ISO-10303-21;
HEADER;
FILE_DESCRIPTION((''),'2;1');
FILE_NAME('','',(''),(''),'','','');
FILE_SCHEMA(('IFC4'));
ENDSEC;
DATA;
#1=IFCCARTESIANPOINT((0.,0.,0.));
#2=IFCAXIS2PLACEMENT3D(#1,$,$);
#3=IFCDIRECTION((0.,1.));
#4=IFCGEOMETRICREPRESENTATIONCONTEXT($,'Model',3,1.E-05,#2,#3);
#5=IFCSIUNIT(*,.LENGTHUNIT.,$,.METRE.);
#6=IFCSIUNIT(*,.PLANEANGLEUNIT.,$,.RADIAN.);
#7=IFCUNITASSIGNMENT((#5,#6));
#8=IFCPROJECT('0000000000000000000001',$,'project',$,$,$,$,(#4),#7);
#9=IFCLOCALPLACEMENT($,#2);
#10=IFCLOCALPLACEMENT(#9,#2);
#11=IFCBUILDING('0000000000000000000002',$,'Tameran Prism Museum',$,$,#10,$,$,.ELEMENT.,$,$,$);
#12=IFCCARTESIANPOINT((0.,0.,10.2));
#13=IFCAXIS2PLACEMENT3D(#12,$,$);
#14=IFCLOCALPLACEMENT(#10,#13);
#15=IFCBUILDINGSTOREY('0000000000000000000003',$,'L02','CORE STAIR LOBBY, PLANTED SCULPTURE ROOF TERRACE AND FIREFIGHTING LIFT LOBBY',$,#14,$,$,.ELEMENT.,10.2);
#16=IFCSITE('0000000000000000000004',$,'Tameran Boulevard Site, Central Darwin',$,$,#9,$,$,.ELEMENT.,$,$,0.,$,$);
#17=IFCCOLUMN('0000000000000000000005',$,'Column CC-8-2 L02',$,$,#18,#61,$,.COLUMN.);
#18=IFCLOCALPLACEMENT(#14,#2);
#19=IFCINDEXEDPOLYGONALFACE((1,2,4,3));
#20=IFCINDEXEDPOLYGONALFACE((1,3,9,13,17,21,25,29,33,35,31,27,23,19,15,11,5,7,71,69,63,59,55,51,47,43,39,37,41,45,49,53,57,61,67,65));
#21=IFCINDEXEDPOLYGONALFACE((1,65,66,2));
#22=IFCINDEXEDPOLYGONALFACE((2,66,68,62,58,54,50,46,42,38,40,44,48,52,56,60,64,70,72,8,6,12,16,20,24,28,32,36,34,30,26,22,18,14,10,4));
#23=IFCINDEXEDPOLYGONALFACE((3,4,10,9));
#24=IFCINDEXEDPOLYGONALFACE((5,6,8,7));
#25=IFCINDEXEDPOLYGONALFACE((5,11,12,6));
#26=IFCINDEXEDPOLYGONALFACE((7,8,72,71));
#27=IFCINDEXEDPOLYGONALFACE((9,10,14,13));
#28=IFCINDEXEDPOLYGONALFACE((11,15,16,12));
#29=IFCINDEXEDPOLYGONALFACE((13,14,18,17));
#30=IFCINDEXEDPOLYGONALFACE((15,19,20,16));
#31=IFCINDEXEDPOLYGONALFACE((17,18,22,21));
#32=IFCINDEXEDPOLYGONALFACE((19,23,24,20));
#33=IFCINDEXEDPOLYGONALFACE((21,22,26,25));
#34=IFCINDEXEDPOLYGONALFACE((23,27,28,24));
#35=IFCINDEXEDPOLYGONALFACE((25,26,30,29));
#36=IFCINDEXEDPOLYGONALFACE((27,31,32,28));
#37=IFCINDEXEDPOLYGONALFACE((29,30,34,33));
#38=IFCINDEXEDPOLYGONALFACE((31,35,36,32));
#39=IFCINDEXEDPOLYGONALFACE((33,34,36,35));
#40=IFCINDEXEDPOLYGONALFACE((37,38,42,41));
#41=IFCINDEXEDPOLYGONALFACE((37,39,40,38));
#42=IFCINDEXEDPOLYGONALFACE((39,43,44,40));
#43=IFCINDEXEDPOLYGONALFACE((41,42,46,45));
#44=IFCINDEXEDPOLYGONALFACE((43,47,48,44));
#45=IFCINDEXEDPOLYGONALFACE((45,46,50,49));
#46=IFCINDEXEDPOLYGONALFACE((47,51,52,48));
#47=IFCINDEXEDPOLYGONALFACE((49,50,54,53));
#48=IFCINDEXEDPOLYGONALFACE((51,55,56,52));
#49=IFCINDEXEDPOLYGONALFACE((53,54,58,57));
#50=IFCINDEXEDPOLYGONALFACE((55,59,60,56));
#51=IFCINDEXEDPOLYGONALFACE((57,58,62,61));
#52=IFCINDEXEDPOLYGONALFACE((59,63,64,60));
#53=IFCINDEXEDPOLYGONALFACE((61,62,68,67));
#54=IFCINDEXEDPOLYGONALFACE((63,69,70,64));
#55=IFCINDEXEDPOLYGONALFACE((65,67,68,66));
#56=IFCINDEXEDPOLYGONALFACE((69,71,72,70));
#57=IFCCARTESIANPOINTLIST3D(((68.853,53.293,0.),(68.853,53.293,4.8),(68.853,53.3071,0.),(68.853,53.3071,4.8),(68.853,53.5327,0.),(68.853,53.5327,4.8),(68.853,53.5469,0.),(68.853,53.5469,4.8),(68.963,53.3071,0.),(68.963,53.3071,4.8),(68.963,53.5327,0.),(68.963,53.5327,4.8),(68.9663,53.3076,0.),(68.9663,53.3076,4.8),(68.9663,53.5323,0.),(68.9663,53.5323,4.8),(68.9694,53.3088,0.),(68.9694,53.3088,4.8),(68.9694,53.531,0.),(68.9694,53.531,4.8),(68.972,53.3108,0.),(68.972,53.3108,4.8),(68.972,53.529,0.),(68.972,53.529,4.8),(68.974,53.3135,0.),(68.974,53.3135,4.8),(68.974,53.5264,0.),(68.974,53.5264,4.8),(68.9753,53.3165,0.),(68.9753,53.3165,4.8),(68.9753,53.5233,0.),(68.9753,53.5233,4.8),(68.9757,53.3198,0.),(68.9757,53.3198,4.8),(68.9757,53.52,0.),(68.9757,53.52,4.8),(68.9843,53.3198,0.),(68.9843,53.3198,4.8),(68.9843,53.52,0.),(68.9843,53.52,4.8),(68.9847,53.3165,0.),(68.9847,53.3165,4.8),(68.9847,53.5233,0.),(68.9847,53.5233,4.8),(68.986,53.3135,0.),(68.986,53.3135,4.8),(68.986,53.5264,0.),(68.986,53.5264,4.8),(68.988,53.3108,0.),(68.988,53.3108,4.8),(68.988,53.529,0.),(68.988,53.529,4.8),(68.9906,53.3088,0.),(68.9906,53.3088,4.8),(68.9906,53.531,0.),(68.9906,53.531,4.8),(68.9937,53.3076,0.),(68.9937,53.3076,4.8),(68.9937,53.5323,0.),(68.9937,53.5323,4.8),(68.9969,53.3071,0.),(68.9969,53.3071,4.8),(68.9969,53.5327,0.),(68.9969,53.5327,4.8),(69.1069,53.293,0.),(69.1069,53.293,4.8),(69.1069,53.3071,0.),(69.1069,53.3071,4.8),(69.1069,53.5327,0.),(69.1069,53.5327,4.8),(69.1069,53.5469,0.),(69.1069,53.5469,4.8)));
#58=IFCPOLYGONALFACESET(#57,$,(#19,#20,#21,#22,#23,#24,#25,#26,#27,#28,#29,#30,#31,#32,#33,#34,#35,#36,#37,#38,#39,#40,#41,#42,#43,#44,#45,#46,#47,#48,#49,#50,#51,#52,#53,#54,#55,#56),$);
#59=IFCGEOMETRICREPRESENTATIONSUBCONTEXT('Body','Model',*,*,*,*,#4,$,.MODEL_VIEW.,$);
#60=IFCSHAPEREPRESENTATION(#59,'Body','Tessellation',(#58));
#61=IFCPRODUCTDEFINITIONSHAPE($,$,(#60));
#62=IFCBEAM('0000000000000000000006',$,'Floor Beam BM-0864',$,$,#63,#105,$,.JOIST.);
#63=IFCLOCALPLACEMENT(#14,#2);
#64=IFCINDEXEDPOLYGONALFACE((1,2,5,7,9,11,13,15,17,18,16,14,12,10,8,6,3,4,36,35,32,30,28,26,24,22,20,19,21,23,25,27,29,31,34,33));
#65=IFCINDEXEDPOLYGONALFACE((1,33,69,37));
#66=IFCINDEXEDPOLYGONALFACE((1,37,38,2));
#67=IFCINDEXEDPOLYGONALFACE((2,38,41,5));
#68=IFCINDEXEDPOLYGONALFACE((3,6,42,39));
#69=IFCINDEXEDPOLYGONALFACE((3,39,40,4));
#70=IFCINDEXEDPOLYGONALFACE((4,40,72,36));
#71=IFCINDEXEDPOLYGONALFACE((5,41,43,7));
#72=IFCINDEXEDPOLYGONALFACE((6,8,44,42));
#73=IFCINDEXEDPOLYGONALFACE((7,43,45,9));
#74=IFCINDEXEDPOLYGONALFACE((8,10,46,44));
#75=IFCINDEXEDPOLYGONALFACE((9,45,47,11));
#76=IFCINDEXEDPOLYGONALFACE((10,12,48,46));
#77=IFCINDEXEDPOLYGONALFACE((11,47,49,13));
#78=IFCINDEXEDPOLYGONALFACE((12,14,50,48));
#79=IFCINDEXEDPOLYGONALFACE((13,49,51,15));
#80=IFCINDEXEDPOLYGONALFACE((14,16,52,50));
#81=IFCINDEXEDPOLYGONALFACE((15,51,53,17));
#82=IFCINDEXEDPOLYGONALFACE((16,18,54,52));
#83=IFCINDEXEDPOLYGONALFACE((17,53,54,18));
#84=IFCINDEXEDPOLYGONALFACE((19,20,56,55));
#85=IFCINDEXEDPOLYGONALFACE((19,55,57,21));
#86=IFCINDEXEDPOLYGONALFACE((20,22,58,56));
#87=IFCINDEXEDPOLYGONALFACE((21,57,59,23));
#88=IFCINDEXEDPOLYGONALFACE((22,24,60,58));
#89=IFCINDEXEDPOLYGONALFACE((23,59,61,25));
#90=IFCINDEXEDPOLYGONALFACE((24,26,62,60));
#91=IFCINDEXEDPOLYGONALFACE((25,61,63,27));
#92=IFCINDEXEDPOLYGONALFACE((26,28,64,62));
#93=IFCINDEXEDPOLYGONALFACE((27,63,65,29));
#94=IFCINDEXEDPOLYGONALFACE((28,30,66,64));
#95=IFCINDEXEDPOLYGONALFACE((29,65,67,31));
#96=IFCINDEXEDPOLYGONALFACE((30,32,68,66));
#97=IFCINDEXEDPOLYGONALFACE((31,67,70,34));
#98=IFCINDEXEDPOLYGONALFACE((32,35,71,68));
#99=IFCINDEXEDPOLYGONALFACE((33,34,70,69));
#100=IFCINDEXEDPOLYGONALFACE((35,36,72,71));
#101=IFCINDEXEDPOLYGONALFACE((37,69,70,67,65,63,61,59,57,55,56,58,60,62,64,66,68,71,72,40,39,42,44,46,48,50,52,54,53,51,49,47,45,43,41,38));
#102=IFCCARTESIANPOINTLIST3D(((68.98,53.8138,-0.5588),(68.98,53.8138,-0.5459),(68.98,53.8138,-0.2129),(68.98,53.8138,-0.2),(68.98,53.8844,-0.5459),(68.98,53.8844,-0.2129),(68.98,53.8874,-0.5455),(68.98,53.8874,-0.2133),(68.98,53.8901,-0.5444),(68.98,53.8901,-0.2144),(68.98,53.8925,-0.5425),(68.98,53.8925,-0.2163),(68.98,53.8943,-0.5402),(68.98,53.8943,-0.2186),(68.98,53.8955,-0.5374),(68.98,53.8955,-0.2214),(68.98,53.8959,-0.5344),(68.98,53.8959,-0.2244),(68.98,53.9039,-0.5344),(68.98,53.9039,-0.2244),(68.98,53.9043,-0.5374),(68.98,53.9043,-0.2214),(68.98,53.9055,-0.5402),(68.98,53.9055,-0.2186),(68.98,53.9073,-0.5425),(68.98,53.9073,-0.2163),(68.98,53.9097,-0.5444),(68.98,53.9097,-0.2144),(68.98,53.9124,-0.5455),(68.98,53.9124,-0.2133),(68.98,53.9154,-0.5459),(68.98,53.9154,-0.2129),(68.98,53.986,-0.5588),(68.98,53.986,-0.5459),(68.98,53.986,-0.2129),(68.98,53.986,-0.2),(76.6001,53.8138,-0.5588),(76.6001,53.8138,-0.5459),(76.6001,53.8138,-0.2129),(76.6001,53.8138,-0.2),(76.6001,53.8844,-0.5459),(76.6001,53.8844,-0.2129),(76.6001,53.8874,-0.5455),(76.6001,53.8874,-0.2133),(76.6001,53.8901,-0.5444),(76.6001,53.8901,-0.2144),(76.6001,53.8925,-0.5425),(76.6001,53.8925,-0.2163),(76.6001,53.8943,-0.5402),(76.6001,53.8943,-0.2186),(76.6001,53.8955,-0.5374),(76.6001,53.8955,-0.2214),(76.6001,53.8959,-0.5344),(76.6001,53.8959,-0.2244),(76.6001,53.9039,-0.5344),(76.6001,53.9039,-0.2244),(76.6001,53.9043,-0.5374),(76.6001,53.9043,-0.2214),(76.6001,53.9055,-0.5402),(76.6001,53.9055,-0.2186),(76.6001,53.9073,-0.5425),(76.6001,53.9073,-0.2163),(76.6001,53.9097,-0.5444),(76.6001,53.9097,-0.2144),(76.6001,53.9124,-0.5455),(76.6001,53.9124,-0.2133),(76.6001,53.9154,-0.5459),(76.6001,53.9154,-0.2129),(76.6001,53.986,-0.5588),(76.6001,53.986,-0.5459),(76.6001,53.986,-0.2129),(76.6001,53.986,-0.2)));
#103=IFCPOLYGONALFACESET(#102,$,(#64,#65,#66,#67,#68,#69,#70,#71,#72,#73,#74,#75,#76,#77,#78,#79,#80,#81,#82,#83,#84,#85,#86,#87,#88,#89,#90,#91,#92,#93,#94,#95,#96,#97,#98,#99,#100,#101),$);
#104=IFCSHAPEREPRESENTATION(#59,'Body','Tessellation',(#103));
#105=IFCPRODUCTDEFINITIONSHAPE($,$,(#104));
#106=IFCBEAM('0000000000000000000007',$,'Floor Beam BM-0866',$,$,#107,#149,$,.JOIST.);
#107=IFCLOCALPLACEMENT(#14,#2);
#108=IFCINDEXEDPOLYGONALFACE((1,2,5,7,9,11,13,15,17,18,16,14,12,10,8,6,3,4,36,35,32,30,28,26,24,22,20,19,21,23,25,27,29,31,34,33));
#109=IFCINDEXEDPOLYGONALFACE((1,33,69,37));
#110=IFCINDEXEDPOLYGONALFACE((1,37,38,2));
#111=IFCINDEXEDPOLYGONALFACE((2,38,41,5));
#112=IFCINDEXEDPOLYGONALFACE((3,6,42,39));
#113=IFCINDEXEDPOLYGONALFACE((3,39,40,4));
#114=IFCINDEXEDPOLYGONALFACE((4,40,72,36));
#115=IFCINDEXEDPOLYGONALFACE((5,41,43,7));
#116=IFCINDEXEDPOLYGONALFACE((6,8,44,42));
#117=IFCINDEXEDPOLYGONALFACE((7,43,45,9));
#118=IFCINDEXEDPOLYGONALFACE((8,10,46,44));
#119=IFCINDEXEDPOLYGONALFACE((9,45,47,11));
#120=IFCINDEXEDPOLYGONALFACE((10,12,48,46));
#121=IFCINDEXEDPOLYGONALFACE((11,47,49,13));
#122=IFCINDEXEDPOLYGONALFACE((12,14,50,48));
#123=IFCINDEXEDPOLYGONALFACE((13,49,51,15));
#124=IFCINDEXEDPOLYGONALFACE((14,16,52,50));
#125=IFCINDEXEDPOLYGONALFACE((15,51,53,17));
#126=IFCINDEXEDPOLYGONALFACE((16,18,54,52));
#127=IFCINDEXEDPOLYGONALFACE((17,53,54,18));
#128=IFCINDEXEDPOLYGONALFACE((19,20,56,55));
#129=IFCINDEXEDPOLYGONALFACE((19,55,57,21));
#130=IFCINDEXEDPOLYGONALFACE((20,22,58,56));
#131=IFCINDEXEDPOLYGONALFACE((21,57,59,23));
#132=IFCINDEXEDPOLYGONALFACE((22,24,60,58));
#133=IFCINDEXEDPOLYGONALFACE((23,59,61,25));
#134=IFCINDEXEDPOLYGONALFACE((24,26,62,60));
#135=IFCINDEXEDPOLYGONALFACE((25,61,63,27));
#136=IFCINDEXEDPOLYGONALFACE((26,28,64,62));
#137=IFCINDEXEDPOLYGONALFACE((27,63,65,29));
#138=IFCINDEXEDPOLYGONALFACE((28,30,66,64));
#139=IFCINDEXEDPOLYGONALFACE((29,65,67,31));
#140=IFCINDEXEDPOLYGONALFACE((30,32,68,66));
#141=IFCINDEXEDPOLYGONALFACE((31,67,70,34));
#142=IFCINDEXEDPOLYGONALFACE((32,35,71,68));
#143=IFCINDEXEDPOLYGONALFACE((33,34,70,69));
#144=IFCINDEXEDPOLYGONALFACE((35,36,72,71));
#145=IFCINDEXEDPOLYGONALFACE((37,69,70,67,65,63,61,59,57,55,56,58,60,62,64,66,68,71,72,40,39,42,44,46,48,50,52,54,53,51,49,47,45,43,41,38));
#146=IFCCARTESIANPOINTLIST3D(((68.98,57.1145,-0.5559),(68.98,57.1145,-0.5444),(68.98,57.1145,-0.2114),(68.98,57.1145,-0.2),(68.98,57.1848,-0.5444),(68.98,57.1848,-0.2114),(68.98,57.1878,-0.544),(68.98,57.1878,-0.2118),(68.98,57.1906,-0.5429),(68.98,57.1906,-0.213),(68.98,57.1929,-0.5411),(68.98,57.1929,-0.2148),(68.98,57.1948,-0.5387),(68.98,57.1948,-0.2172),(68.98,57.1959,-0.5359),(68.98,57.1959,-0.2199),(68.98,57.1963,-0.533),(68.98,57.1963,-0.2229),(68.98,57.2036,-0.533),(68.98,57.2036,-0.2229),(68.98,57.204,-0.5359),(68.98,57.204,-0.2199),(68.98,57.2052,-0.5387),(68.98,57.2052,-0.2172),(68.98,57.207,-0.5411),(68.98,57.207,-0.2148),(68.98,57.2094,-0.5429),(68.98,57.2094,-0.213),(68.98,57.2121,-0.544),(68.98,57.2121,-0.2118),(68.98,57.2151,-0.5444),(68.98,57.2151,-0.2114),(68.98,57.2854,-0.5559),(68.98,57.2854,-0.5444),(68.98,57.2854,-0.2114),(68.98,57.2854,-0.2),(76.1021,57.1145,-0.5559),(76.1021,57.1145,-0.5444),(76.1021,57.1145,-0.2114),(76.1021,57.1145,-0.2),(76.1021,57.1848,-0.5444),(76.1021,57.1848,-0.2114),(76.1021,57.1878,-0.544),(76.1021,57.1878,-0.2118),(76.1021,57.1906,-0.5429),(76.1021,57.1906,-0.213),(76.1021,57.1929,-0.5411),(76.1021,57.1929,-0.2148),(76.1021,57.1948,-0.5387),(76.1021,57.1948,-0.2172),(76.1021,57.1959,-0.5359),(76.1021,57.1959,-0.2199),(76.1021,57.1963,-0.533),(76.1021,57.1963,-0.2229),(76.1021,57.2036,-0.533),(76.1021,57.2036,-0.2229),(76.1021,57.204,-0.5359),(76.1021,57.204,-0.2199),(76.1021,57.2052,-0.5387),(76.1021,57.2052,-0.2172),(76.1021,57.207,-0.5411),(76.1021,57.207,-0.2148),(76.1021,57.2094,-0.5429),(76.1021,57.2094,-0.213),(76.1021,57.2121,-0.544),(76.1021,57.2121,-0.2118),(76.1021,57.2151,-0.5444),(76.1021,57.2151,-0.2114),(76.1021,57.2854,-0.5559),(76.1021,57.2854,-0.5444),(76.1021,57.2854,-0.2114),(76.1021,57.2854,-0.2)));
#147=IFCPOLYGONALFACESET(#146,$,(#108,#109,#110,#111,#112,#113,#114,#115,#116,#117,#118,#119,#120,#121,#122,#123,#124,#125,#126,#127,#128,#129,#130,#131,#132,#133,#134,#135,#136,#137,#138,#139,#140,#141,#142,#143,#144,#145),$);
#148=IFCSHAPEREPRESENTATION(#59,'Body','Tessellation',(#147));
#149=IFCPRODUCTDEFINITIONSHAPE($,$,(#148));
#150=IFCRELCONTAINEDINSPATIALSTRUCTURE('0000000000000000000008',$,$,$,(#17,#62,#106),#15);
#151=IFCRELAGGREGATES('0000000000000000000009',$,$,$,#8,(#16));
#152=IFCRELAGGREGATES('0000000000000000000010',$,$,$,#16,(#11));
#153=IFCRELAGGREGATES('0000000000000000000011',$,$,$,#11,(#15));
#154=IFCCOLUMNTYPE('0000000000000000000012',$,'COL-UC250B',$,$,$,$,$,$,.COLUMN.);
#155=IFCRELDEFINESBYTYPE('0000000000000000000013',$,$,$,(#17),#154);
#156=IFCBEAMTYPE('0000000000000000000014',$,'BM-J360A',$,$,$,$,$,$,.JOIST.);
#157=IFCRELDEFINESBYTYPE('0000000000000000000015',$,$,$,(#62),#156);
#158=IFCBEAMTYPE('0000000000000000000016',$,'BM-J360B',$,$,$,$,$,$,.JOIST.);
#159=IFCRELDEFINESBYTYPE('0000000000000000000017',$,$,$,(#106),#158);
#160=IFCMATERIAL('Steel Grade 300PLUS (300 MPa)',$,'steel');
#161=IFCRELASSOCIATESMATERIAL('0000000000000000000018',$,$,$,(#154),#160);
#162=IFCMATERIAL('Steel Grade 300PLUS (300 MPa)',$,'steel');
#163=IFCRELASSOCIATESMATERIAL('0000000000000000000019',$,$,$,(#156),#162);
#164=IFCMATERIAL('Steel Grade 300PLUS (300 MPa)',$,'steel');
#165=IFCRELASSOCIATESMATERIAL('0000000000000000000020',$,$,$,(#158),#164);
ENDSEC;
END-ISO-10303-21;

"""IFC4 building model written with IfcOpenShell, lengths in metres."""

from ifc_helpers import new_model, si_unit, direction, frame, origin, origin_2d, place, context, subcontext, project, spatial, i_section, extrude, material, material_profile, profile_set, type_object, element, save


model = new_model("IFC4")

# Units and contexts
model_context = context("Model", 3, precision=1e-05, world=origin(), true_north=direction((0.0, 1.0)))
body_context = subcontext(model_context, "Body", "Model", "MODEL_VIEW")
ifc_project = project(units=[si_unit("LENGTHUNIT", "METRE"), si_unit("PLANEANGLEUNIT", "RADIAN")], contexts=[model_context])

# Site, building, storey
site_placement = place(None, origin())
site = spatial("IfcSite", under=ifc_project, at=site_placement, Name="Tameran Boulevard Site, Central Darwin", CompositionType="ELEMENT", RefElevation=0.0)
building_placement = place(site_placement, origin())
building = spatial("IfcBuilding", under=site, at=building_placement, Name="Tameran Prism Museum", CompositionType="ELEMENT")
storey_placement = place(building_placement, frame((0.0, 0.0, 10.2)))
storey = spatial("IfcBuildingStorey", under=building, at=storey_placement, Name="L02", Description="CORE STAIR LOBBY, PLANTED SCULPTURE ROOF TERRACE AND FIREFIGHTING LIFT LOBBY", CompositionType="ELEMENT", Elevation=10.2)

# Column
ifc_material_1 = material(Name="Steel Grade 300PLUS (300 MPa)", Category="steel")
ifc_material_profile_1 = material_profile(ifc_material_1, i_section(OverallWidth=0.2539, OverallDepth=0.2539, WebThickness=0.0085, FlangeThickness=0.0142, FilletRadius=0.0127, at=origin_2d()))
ifc_profile_set_1 = profile_set([ifc_material_profile_1])
column_type = type_object("IfcColumnType", Name="COL-UC250B", PredefinedType="COLUMN", material=ifc_profile_set_1)
column_placement = place(storey_placement, frame((68.98, 53.4199, 0.0), z_axis=(0.0, 0.0, 1.0), x_axis=(1.0, 0.0, 0.0)))
element("IfcColumn", 1, at=column_placement, inside=storey, type_object=column_type, Name="Column CC-8-2 L02", PredefinedType="COLUMN", context=body_context, shape_type="SweptSolid", body=[
    extrude(i_section(OverallWidth=0.2539, OverallDepth=0.2539, WebThickness=0.0085, FlangeThickness=0.0142, FilletRadius=0.0127, at=origin_2d()), origin(), (0.0, 0.0, 1.0), 4.8),
])

# Beams
ifc_material_2 = material(Name="Steel Grade 300PLUS (300 MPa)", Category="steel")
ifc_material_profile_2 = material_profile(ifc_material_2, i_section(OverallWidth=0.1721, OverallDepth=0.3589, WebThickness=0.0081, FlangeThickness=0.0129, FilletRadius=0.0115, at=origin_2d()))
ifc_profile_set_2 = profile_set([ifc_material_profile_2])
beam_type_1 = type_object("IfcBeamType", Name="BM-J360A", PredefinedType="JOIST", material=ifc_profile_set_2)
beam_1_placement = place(storey_placement, frame((68.98, 53.8999, -0.3794), z_axis=(1.0, 0.0, 0.0), x_axis=(0.0, 1.0, 0.0)))
element("IfcBeam", 2, at=beam_1_placement, inside=storey, type_object=beam_type_1, Name="Floor Beam BM-0864", PredefinedType="JOIST", context=body_context, shape_type="SweptSolid", body=[
    extrude(i_section(OverallWidth=0.1721, OverallDepth=0.3589, WebThickness=0.0081, FlangeThickness=0.0129, FilletRadius=0.0115, at=origin_2d()), origin(), (0.0, 0.0, 1.0), 7.6201),
])
ifc_material_3 = material(Name="Steel Grade 300PLUS (300 MPa)", Category="steel")
ifc_material_profile_3 = material_profile(ifc_material_3, i_section(OverallWidth=0.1709, OverallDepth=0.356, WebThickness=0.0073, FlangeThickness=0.0115, FilletRadius=0.0115, at=origin_2d()))
ifc_profile_set_3 = profile_set([ifc_material_profile_3])
beam_type_2 = type_object("IfcBeamType", Name="BM-J360B", PredefinedType="JOIST", material=ifc_profile_set_3)
beam_2_placement = place(storey_placement, frame((68.98, 57.2, -0.3779), z_axis=(1.0, 0.0, 0.0), x_axis=(0.0, 1.0, 0.0)))
element("IfcBeam", 3, at=beam_2_placement, inside=storey, type_object=beam_type_2, Name="Floor Beam BM-0866", PredefinedType="JOIST", context=body_context, shape_type="SweptSolid", body=[
    extrude(i_section(OverallWidth=0.1709, OverallDepth=0.356, WebThickness=0.0073, FlangeThickness=0.0115, FilletRadius=0.0115, at=origin_2d()), origin(), (0.0, 0.0, 1.0), 7.1221),
])

save(model, "model.ifc")
